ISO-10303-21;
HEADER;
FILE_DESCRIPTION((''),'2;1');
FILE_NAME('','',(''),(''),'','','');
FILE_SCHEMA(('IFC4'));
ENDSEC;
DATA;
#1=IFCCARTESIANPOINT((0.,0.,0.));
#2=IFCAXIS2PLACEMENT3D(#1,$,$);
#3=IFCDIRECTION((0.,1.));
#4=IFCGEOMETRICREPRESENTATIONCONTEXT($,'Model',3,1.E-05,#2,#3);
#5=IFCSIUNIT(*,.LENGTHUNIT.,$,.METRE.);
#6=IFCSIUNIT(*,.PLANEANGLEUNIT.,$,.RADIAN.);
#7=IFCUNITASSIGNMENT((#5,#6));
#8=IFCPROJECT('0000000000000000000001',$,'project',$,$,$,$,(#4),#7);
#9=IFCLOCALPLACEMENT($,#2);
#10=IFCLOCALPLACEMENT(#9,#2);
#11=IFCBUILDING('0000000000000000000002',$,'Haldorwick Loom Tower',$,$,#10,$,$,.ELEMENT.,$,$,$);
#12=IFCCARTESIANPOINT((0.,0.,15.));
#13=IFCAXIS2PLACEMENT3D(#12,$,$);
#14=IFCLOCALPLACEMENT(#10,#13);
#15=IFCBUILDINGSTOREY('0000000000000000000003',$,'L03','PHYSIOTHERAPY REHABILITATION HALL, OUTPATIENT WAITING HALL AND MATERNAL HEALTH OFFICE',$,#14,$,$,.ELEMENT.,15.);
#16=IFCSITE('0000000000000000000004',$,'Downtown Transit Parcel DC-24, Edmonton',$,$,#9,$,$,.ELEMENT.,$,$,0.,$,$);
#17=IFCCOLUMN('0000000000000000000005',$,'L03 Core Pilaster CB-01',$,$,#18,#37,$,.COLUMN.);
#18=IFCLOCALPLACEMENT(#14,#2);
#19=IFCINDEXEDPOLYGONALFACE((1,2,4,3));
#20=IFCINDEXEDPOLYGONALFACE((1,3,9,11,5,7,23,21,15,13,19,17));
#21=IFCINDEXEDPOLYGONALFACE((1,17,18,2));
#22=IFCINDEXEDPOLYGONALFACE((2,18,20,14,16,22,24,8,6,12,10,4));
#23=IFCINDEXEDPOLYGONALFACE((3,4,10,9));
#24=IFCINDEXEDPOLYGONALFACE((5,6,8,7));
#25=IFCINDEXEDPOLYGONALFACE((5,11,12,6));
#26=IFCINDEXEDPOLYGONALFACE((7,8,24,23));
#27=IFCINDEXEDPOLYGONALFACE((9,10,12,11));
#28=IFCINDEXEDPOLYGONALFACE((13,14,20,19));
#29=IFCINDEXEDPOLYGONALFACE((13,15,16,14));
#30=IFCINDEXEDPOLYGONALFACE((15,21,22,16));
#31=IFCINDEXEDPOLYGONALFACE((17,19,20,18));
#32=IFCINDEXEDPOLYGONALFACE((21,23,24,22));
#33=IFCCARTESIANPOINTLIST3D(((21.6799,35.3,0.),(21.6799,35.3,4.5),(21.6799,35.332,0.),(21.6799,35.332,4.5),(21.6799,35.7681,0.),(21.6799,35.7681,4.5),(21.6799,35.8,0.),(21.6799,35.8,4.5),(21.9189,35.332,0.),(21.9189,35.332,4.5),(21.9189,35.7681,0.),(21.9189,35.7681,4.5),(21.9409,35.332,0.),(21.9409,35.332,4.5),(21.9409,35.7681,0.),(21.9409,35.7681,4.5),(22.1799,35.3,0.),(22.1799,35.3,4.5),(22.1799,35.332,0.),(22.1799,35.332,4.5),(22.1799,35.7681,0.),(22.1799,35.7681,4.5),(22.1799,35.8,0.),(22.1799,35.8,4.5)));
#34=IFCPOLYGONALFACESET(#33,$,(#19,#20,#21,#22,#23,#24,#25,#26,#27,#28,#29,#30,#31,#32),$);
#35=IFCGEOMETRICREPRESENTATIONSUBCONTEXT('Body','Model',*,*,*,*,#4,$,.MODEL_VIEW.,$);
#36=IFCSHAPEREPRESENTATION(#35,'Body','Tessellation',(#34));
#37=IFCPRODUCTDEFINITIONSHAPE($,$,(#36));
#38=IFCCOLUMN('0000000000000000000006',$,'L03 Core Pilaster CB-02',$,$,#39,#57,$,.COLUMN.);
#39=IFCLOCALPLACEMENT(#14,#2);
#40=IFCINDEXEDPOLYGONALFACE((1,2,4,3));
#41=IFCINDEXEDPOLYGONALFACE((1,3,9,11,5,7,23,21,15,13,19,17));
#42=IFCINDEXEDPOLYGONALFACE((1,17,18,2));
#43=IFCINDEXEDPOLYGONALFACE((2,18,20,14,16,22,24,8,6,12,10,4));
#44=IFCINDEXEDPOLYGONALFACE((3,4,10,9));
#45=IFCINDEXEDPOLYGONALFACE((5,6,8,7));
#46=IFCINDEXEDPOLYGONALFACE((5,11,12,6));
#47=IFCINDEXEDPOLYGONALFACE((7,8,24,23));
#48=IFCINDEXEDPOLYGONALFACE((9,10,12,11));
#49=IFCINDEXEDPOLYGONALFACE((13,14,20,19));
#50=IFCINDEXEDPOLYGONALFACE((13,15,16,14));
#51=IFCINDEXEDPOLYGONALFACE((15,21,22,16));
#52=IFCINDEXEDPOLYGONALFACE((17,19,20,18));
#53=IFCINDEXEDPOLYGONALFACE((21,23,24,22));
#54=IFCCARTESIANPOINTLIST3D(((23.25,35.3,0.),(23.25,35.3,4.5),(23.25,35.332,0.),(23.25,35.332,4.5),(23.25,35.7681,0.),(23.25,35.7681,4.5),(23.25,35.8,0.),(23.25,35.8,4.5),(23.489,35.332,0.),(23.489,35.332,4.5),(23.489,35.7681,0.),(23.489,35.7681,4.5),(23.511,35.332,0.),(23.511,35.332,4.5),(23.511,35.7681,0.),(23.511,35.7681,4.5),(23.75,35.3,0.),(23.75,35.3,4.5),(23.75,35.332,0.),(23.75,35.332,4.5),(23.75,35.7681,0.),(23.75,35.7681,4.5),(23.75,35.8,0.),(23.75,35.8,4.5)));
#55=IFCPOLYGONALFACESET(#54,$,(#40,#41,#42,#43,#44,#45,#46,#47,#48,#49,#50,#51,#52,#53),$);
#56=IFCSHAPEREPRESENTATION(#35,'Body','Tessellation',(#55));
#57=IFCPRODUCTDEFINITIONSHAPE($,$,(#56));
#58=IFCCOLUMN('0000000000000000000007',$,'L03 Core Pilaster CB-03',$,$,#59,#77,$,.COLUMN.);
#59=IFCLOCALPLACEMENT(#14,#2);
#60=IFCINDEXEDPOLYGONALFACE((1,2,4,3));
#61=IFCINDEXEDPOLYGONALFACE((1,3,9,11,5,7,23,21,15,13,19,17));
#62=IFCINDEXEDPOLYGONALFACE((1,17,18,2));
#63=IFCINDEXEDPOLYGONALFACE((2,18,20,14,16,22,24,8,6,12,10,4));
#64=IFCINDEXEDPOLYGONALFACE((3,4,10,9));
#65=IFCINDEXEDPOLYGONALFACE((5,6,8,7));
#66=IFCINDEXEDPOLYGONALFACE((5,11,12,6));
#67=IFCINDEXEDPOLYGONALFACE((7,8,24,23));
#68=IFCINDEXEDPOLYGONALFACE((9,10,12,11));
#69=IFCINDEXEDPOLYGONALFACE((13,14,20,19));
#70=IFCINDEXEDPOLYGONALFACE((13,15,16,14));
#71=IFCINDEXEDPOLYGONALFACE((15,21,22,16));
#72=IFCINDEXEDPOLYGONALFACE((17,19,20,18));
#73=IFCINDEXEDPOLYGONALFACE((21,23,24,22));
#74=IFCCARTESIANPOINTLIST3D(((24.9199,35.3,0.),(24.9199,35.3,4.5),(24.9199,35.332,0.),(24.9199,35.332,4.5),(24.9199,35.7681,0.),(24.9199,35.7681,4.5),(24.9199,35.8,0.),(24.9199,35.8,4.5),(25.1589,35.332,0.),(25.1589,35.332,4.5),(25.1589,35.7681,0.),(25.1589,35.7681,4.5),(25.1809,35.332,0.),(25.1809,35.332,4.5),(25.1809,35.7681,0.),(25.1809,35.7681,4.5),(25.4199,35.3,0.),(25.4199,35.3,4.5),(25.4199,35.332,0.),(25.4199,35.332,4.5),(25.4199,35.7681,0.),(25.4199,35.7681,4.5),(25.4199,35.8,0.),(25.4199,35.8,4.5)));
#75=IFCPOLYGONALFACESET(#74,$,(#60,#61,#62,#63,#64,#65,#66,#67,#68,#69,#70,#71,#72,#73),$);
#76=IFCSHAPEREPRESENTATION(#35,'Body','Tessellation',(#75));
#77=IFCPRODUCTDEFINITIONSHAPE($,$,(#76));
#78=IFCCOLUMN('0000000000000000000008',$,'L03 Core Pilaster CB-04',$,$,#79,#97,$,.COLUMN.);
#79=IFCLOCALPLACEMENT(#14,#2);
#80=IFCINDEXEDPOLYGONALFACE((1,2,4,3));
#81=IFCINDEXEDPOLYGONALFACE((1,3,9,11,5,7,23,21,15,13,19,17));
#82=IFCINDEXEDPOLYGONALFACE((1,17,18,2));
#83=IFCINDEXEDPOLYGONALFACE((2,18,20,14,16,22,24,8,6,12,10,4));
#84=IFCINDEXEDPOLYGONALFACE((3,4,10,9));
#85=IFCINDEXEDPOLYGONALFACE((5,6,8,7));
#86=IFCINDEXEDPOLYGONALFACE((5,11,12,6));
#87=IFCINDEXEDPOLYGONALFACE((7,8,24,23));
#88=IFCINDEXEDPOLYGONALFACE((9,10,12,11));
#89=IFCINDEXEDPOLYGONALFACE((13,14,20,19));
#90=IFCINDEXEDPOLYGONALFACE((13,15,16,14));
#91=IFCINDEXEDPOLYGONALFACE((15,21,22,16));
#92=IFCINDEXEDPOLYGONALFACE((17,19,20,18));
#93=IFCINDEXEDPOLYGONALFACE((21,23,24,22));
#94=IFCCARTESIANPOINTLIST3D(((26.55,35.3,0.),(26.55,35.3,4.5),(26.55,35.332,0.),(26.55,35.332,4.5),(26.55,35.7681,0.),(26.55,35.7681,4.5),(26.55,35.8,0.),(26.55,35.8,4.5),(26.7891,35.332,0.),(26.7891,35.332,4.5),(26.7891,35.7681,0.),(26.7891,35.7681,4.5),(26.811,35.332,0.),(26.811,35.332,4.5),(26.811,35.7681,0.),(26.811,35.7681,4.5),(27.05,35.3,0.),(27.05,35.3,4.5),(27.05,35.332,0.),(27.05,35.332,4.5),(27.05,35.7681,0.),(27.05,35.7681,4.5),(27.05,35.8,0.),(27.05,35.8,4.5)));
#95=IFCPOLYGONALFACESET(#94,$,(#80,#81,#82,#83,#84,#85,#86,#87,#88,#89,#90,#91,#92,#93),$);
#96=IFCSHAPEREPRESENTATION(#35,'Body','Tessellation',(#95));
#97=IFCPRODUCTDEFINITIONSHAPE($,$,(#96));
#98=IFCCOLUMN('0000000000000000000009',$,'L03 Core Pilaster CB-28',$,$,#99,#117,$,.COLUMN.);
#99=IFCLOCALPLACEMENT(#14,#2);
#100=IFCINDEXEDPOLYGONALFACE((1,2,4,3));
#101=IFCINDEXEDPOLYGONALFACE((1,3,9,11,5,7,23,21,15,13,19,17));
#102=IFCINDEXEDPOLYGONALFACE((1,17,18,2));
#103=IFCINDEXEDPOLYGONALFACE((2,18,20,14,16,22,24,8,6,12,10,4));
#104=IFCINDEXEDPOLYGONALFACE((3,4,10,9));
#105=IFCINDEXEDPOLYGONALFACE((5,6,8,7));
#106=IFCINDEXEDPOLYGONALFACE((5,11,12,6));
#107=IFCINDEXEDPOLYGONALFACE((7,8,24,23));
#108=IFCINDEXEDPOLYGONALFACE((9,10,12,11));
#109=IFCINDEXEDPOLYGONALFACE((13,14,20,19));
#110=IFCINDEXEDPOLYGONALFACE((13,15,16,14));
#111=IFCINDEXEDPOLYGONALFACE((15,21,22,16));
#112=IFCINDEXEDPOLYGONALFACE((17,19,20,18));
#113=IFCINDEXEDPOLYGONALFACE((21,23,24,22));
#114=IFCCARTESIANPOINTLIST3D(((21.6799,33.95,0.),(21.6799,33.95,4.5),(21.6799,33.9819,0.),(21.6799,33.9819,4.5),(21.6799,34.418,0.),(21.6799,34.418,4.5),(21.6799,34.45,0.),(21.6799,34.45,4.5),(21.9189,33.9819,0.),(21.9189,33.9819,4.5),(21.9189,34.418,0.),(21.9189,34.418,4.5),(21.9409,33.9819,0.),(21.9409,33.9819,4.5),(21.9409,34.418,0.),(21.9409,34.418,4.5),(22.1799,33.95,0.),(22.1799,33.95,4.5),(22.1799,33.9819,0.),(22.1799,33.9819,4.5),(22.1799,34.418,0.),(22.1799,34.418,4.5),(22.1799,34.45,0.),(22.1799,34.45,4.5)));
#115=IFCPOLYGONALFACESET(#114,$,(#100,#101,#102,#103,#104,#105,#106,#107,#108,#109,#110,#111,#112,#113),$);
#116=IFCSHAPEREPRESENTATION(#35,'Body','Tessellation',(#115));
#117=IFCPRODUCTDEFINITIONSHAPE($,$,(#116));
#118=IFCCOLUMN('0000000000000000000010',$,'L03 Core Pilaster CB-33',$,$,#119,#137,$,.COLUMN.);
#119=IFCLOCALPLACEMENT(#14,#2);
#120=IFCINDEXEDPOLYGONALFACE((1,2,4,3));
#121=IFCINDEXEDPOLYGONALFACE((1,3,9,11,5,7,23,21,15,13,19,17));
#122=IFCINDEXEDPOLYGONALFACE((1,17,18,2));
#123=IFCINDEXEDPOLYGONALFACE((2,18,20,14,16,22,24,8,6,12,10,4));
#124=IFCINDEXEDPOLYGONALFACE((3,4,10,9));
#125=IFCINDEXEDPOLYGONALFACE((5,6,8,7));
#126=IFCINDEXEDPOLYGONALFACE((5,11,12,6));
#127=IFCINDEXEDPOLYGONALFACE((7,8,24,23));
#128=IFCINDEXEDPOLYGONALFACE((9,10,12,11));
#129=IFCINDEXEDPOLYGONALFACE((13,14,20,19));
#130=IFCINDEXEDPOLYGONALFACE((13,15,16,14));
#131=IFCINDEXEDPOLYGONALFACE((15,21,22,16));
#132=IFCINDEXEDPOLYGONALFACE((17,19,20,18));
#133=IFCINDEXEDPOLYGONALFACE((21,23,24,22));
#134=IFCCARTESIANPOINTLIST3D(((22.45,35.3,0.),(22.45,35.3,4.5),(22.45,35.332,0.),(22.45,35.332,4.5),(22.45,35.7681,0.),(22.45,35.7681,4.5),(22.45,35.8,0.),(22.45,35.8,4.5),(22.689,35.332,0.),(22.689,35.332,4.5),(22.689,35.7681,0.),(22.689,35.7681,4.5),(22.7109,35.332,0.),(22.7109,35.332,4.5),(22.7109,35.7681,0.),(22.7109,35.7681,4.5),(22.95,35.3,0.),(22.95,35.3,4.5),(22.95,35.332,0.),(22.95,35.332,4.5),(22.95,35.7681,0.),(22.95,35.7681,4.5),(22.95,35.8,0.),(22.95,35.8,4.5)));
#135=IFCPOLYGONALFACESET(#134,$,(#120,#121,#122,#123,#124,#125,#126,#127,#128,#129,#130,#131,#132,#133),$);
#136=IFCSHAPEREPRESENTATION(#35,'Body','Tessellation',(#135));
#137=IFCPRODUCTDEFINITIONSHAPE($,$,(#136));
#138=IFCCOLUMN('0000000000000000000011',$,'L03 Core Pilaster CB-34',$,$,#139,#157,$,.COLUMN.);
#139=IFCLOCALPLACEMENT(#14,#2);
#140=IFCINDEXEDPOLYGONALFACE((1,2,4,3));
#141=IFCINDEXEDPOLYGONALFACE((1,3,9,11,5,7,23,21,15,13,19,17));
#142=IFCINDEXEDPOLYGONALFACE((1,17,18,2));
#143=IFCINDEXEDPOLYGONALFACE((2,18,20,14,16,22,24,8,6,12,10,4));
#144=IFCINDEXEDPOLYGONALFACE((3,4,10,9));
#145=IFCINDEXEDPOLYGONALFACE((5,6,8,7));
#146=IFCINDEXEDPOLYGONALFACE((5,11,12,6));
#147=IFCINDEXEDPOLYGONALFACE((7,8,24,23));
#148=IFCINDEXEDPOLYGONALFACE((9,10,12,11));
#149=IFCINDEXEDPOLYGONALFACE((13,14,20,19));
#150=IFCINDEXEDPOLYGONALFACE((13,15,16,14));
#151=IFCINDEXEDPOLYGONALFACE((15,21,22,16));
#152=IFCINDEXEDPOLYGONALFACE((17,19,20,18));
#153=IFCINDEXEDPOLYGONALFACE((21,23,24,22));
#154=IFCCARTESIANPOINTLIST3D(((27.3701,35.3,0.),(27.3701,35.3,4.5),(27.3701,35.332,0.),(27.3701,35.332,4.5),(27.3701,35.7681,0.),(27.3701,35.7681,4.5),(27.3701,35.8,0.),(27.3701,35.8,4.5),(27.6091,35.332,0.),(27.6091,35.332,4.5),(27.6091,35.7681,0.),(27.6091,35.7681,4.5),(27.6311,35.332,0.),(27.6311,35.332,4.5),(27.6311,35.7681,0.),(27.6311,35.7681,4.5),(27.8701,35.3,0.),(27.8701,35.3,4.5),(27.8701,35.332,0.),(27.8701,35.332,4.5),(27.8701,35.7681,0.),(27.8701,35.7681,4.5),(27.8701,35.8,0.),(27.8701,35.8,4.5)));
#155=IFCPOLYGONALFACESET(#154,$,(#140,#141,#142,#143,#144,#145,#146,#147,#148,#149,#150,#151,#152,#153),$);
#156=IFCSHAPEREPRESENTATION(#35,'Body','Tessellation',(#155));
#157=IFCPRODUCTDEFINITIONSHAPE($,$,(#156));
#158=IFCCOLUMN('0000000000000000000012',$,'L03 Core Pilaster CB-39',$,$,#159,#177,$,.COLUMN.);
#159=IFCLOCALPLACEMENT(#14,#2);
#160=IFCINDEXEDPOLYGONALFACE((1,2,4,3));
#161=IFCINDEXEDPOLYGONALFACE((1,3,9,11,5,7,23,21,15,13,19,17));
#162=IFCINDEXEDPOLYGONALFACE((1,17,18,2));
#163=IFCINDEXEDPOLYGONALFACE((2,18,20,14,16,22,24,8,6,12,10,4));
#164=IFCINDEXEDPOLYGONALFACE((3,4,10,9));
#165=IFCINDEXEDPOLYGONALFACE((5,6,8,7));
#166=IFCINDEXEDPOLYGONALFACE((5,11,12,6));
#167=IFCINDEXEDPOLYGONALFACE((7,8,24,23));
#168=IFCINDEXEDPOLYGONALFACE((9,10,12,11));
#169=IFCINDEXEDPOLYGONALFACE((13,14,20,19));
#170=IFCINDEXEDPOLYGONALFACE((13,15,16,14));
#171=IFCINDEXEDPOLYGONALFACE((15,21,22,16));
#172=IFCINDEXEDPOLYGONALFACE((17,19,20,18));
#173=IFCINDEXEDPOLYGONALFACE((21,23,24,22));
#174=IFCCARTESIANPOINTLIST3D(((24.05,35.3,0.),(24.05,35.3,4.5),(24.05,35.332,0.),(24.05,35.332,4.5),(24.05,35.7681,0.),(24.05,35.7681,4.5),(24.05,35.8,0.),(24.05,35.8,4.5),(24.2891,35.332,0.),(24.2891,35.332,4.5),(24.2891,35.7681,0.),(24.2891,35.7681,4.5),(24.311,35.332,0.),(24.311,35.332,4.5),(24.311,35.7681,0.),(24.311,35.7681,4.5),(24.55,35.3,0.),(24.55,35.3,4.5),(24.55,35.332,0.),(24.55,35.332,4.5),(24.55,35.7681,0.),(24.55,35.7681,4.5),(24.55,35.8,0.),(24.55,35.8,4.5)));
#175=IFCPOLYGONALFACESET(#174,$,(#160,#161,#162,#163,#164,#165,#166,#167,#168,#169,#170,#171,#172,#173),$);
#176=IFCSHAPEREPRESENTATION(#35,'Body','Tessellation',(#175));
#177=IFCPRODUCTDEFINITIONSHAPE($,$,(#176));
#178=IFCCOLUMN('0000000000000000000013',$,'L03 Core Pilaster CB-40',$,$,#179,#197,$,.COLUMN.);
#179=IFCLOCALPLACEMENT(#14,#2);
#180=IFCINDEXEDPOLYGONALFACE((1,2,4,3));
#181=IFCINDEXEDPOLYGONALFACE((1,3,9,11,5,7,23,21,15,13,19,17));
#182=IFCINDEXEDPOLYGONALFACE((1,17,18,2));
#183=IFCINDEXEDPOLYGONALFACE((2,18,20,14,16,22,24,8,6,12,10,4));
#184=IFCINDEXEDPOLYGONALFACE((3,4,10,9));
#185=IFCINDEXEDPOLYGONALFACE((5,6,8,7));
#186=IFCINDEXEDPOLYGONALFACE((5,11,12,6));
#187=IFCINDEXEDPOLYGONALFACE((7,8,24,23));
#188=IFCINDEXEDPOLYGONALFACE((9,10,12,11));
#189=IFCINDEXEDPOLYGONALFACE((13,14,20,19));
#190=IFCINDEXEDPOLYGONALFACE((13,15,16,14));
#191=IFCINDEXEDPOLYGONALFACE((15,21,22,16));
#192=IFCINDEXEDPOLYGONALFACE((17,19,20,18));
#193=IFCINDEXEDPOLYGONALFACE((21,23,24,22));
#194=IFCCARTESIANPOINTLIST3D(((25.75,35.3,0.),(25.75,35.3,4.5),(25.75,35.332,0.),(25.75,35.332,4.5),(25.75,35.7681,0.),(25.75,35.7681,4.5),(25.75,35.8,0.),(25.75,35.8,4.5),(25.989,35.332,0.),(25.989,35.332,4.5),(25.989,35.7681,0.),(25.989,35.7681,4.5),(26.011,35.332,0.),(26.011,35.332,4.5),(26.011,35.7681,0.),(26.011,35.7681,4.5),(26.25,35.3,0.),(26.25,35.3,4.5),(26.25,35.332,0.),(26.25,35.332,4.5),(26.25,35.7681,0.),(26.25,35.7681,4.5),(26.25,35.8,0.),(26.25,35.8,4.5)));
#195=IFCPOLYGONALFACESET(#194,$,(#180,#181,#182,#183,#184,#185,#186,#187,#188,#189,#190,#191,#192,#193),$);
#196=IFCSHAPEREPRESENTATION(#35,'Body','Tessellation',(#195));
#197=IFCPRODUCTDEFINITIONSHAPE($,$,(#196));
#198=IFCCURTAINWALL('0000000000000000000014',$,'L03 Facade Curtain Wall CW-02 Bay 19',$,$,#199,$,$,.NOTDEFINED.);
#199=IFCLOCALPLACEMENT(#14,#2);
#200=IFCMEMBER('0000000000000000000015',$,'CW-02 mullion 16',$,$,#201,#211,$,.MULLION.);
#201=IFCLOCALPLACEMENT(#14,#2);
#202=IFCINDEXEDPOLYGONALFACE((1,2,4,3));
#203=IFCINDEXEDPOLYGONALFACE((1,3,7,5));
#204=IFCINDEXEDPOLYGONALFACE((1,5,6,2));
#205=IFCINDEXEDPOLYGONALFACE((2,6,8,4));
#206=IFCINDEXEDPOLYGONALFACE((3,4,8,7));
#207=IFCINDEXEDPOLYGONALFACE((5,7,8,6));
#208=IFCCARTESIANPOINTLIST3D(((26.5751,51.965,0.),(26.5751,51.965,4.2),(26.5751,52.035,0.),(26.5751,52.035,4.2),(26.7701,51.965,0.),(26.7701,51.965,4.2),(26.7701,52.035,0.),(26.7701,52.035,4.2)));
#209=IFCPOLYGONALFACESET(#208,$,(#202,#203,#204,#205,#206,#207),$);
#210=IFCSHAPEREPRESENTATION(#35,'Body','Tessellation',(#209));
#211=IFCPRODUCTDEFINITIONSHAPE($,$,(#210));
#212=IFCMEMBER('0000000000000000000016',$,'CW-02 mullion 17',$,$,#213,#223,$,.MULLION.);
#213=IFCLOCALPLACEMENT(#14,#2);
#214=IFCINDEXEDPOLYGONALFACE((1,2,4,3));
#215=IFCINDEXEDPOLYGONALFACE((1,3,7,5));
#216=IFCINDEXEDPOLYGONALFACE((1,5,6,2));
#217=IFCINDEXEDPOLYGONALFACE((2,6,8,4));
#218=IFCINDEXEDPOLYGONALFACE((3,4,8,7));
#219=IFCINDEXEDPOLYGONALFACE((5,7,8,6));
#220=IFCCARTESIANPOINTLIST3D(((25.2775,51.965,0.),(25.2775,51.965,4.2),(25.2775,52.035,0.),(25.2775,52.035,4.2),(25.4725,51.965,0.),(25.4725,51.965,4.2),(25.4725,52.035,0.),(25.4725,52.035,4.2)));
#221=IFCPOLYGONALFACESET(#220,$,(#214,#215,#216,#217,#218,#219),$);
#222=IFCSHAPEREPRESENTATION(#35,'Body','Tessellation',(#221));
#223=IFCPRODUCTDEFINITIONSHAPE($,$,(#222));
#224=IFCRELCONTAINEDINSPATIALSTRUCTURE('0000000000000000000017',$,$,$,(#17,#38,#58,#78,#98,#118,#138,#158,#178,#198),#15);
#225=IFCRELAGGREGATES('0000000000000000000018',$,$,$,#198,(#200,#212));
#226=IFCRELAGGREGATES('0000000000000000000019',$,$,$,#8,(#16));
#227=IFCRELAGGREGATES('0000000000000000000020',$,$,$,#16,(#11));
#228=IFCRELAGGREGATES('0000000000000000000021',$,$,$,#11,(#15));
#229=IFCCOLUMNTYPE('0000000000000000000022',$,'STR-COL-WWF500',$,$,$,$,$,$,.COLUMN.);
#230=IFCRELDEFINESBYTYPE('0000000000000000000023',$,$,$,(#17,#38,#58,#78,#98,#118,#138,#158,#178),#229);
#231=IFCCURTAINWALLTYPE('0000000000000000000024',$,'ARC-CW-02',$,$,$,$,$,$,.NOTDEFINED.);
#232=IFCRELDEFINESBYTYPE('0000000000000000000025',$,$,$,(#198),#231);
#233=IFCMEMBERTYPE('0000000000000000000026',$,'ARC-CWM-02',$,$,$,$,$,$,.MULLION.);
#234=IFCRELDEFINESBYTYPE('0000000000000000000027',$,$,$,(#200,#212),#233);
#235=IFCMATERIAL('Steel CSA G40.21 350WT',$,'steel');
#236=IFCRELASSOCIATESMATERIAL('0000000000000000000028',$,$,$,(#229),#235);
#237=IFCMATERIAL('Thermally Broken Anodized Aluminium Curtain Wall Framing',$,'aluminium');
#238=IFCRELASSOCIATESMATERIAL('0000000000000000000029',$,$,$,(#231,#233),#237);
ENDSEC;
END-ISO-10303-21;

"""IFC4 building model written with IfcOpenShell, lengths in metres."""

from ifc_helpers import new_model, si_unit, direction, frame, origin, origin_2d, place, context, subcontext, project, spatial, rectangle, i_section, extrude, material, material_profile, profile_set, type_object, element, aggregate, save


model = new_model("IFC4")

# Units and contexts
model_context = context("Model", 3, precision=1e-05, world=origin(), true_north=direction((0.0, 1.0)))
body_context = subcontext(model_context, "Body", "Model", "MODEL_VIEW")
ifc_project = project(units=[si_unit("LENGTHUNIT", "METRE"), si_unit("PLANEANGLEUNIT", "RADIAN")], contexts=[model_context])

# Site, building, storey
site_placement = place(None, origin())
site = spatial("IfcSite", under=ifc_project, at=site_placement, Name="Downtown Transit Parcel DC-24, Edmonton", CompositionType="ELEMENT", RefElevation=0.0)
building_placement = place(site_placement, origin())
building = spatial("IfcBuilding", under=site, at=building_placement, Name="Haldorwick Loom Tower", CompositionType="ELEMENT")
storey_placement = place(building_placement, frame((0.0, 0.0, 15.0)))
storey = spatial("IfcBuildingStorey", under=building, at=storey_placement, Name="L03", Description="PHYSIOTHERAPY REHABILITATION HALL, OUTPATIENT WAITING HALL AND MATERNAL HEALTH OFFICE", CompositionType="ELEMENT", Elevation=15.0)

# Columns
ifc_material_1 = material(Name="Steel CSA G40.21 350WT", Category="steel")
ifc_material_profile_1 = material_profile(ifc_material_1, i_section(OverallWidth=0.5, OverallDepth=0.5, WebThickness=0.022, FlangeThickness=0.032, at=origin_2d()), Name="WWF500X500", Category="steel")
ifc_profile_set_1 = profile_set([ifc_material_profile_1], Name="Steel CSA G40.21 350WT")
column_type = type_object("IfcColumnType", Name="STR-COL-WWF500", PredefinedType="COLUMN", material=ifc_profile_set_1)
for number, where, z_axis, x_axis, name in (
    (1, (21.9299, 35.55, 0.0), (0.0, 0.0, 1.0), (1.0, 0.0, 0.0), "L03 Core Pilaster CB-01"),
    (2, (23.5, 35.55, 0.0), (0.0, 0.0, 1.0), (1.0, 0.0, 0.0), "L03 Core Pilaster CB-02"),
    (3, (25.1699, 35.55, 0.0), (0.0, 0.0, 1.0), (1.0, 0.0, 0.0), "L03 Core Pilaster CB-03"),
    (4, (26.8, 35.55, 0.0), (0.0, 0.0, 1.0), (1.0, 0.0, 0.0), "L03 Core Pilaster CB-04"),
    (5, (21.9299, 34.2, 0.0), (0.0, 0.0, 1.0), (1.0, 0.0, 0.0), "L03 Core Pilaster CB-28"),
    (6, (22.7, 35.55, 0.0), (0.0, 0.0, 1.0), (1.0, 0.0, 0.0), "L03 Core Pilaster CB-33"),
    (7, (27.6201, 35.55, 0.0), (0.0, 0.0, 1.0), (1.0, 0.0, 0.0), "L03 Core Pilaster CB-34"),
    (8, (24.3, 35.55, 0.0), (0.0, 0.0, 1.0), (1.0, 0.0, 0.0), "L03 Core Pilaster CB-39"),
    (9, (26.0, 35.55, 0.0), (0.0, 0.0, 1.0), (1.0, 0.0, 0.0), "L03 Core Pilaster CB-40"),
):
    element("IfcColumn", number, at=place(storey_placement, frame(where, z_axis=z_axis, x_axis=x_axis)), inside=storey, type_object=column_type, Name=name, PredefinedType="COLUMN", context=body_context, shape_type="SweptSolid", body=[
        extrude(i_section(OverallWidth=0.5, OverallDepth=0.5, WebThickness=0.022, FlangeThickness=0.032, at=origin_2d()), origin(), (0.0, 0.0, 1.0), 4.5),
    ])

# Curtain wall, members
ifc_material_2 = material(Name="Thermally Broken Anodized Aluminium Curtain Wall Framing", Category="aluminium")
curtain_wall_type = type_object("IfcCurtainWallType", Name="ARC-CW-02", PredefinedType="NOTDEFINED", material=ifc_material_2)
curtain_wall_placement = place(storey_placement, origin())
curtain_wall = element("IfcCurtainWall", 10, at=curtain_wall_placement, inside=storey, type_object=curtain_wall_type, Name="L03 Facade Curtain Wall CW-02 Bay 19", PredefinedType="NOTDEFINED")
ifc_material_profile_2 = material_profile(ifc_material_2, rectangle(XDim=0.0701, YDim=0.1951, at=origin_2d()), Name="ALU_MUL_70X195", Category="aluminium")
ifc_profile_set_2 = profile_set([ifc_material_profile_2], Name="Thermally Broken Anodized Aluminium Curtain Wall Framing")
member_type_1 = type_object("IfcMemberType", Name="ARC-CWM-02", PredefinedType="MULLION", material=ifc_profile_set_2)
member_1_placement = place(storey_placement, frame((26.6726, 52.0, 0.0), z_axis=(0.0, 0.0, 1.0), x_axis=(0.0, -1.0, 0.0)))
member_1 = element("IfcMember", 11, at=member_1_placement, type_object=member_type_1, Name="CW-02 mullion 16", PredefinedType="MULLION", context=body_context, shape_type="SweptSolid", body=[
    extrude(rectangle(XDim=0.0701, YDim=0.1951, at=origin_2d()), origin(), (0.0, 0.0, 1.0), 4.2),
])
member_2_placement = place(storey_placement, frame((25.375, 52.0, 0.0), z_axis=(0.0, 0.0, 1.0), x_axis=(0.0, -1.0, 0.0)))
member_2 = element("IfcMember", 12, at=member_2_placement, type_object=member_type_1, Name="CW-02 mullion 17", PredefinedType="MULLION", context=body_context, shape_type="SweptSolid", body=[
    extrude(rectangle(XDim=0.0701, YDim=0.1951, at=origin_2d()), origin(), (0.0, 0.0, 1.0), 4.2),
])
aggregate(curtain_wall, [member_1, member_2])

save(model, "model.ifc")
